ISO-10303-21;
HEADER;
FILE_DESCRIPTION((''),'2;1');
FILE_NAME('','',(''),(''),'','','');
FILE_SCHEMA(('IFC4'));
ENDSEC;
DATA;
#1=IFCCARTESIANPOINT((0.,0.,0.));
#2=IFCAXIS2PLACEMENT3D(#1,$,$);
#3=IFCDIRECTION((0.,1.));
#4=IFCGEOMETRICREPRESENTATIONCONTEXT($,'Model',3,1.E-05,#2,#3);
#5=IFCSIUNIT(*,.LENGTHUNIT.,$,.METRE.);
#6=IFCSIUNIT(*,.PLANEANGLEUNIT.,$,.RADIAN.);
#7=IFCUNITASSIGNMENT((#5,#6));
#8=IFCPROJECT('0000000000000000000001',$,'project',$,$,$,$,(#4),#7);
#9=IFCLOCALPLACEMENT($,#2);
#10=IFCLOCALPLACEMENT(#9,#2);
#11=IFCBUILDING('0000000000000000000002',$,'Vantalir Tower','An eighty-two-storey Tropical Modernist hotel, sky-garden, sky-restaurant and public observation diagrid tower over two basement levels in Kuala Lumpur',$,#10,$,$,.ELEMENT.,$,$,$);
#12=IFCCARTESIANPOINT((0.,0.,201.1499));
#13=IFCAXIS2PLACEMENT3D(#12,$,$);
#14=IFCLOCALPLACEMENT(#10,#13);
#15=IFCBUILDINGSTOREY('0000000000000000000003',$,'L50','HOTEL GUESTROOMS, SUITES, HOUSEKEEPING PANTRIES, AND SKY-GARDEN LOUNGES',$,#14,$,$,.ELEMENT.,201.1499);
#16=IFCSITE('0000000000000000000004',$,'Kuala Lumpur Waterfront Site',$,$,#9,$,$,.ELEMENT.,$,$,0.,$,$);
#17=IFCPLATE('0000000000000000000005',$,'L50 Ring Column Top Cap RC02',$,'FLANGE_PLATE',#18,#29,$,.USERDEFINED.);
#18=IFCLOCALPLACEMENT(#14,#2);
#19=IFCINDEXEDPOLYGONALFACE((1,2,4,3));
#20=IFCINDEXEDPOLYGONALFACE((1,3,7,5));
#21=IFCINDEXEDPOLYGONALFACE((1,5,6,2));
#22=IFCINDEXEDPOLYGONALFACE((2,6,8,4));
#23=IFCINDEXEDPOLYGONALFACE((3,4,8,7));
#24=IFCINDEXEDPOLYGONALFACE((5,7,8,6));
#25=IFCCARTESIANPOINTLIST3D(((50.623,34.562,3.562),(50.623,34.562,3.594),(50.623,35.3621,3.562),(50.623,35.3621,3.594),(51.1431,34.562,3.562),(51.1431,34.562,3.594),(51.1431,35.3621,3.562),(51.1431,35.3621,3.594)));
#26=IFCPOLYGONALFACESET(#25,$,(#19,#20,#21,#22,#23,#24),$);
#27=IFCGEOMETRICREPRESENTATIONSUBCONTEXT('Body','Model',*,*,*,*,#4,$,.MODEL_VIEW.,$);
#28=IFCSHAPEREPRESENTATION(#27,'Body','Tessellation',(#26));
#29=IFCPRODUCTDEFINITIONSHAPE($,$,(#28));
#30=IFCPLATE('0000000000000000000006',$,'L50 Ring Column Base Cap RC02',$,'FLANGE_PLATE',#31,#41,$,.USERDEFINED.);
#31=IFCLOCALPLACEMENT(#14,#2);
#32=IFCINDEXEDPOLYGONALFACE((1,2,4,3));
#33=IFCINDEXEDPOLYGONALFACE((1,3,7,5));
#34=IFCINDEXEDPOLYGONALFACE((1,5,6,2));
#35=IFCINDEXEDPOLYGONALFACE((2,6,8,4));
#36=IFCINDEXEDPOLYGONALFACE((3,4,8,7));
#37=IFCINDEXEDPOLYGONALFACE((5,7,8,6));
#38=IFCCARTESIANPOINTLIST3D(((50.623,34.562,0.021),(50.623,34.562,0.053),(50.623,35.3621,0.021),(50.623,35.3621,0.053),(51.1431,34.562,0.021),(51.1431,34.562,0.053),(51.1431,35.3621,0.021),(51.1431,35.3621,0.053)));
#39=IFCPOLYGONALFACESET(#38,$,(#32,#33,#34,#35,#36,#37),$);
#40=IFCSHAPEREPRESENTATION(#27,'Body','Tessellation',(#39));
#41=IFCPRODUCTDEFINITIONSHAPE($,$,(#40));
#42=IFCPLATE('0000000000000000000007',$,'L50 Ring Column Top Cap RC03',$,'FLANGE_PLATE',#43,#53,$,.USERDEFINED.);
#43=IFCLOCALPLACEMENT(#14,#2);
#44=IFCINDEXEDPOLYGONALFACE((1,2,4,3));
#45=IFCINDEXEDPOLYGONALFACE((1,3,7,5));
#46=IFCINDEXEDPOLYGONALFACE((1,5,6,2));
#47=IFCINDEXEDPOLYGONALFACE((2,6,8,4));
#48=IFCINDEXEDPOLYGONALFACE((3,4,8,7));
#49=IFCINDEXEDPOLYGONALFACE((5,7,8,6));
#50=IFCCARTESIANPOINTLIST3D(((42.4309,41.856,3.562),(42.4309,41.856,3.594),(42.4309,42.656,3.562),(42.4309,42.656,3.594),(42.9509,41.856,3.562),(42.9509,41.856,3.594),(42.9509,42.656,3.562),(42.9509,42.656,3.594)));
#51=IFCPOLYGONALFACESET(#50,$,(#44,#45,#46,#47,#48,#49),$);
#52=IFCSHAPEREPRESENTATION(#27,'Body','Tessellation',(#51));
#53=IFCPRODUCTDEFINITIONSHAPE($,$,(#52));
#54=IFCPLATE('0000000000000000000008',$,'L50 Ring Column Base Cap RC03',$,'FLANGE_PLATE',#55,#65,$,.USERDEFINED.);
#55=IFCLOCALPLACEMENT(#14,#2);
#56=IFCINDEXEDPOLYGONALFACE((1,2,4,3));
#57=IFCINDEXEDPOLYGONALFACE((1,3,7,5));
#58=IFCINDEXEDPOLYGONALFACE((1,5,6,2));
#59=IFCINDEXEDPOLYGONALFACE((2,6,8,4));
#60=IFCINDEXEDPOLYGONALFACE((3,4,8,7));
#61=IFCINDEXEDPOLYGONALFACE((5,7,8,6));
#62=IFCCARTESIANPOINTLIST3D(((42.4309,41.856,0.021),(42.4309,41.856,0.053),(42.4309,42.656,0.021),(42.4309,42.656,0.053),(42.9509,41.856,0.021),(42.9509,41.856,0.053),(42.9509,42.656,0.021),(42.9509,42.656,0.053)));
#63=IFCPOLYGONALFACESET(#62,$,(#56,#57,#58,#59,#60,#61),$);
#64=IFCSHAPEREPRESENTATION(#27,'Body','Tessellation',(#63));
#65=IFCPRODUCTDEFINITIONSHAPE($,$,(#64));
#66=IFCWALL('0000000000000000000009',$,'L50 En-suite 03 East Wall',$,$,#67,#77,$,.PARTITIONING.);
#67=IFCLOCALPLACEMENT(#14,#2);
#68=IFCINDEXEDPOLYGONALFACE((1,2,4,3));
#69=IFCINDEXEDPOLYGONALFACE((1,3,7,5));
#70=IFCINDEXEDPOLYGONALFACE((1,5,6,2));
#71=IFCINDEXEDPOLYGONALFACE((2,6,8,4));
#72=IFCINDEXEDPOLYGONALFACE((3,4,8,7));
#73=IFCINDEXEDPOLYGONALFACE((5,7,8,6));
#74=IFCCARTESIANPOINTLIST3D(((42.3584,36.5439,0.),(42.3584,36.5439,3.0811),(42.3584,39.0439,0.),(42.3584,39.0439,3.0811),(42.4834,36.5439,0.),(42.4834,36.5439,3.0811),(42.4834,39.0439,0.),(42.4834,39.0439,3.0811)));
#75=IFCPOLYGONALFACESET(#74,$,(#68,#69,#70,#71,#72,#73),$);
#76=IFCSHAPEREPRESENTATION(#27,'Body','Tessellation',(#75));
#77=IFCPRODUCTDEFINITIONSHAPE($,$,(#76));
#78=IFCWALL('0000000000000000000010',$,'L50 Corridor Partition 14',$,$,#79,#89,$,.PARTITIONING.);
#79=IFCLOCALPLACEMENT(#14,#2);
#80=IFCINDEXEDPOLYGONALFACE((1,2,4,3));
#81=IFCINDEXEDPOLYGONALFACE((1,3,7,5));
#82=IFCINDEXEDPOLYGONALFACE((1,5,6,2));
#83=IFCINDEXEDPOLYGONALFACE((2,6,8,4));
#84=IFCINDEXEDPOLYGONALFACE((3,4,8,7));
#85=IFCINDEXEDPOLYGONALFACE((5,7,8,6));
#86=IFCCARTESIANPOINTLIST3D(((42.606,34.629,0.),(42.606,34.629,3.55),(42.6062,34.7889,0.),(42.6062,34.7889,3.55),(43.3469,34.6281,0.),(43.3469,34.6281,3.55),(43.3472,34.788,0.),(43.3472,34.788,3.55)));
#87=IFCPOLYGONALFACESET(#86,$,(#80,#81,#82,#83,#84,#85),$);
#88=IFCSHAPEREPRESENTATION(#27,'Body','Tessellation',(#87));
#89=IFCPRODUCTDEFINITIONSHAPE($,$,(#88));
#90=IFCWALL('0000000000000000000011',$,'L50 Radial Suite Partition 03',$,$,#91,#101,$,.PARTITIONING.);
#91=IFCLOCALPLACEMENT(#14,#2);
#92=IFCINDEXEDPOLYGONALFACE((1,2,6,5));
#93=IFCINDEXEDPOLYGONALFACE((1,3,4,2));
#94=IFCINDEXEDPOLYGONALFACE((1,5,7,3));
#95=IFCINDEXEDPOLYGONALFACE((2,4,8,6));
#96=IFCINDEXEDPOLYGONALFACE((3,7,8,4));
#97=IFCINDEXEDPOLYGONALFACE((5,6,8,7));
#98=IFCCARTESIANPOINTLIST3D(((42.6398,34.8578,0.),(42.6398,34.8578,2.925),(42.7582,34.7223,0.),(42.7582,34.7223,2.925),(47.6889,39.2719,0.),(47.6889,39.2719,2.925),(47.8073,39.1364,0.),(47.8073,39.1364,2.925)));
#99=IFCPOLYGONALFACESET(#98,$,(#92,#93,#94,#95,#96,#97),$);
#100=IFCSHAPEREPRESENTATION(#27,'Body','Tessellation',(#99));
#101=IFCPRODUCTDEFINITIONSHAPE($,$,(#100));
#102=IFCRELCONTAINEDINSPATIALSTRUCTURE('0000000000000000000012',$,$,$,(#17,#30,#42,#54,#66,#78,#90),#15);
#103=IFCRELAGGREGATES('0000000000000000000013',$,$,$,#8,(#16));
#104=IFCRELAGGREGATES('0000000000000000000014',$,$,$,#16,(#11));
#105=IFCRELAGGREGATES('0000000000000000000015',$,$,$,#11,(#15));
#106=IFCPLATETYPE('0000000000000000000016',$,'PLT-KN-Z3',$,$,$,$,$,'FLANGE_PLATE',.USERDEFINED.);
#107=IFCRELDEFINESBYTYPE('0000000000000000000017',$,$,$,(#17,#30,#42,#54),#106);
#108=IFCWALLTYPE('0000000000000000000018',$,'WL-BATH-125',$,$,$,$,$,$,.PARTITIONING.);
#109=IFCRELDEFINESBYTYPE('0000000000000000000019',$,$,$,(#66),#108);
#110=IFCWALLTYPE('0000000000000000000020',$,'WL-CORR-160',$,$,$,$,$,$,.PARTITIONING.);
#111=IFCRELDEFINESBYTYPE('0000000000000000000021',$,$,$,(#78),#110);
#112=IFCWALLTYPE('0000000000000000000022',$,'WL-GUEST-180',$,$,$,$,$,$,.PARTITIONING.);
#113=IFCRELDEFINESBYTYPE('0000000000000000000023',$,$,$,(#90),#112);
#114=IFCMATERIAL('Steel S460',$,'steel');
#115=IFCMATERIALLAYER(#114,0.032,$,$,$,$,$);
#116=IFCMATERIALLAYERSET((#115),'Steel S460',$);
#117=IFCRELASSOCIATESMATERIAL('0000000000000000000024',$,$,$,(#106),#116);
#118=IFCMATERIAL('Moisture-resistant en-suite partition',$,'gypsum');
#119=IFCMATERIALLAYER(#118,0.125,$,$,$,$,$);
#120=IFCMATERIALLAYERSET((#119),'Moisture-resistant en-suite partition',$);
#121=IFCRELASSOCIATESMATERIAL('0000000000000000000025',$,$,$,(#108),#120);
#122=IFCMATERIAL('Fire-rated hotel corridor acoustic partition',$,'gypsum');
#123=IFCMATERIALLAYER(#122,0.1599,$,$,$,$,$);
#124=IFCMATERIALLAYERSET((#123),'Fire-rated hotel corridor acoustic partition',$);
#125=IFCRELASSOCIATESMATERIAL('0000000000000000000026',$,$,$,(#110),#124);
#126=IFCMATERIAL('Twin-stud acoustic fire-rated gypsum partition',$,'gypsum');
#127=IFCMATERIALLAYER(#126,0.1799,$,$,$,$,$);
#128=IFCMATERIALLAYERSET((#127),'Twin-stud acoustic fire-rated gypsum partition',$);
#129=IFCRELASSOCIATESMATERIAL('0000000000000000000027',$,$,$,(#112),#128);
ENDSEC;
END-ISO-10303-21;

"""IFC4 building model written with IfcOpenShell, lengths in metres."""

from ifc_helpers import new_model, si_unit, direction, frame, frame_2d, origin, place, context, subcontext, project, spatial, polyline, rectangle, outline, extrude, material, layer, layer_set, type_object, element, save


model = new_model("IFC4")

# Units and contexts
model_context = context("Model", 3, precision=1e-05, world=origin(), true_north=direction((0.0, 1.0)))
body_context = subcontext(model_context, "Body", "Model", "MODEL_VIEW")
ifc_project = project(units=[si_unit("LENGTHUNIT", "METRE"), si_unit("PLANEANGLEUNIT", "RADIAN")], contexts=[model_context])

# Site, building, storey
site_placement = place(None, origin())
site = spatial("IfcSite", under=ifc_project, at=site_placement, Name="Kuala Lumpur Waterfront Site", CompositionType="ELEMENT", RefElevation=0.0)
building_placement = place(site_placement, origin())
building = spatial("IfcBuilding", under=site, at=building_placement, Name="Vantalir Tower", Description="An eighty-two-storey Tropical Modernist hotel, sky-garden, sky-restaurant and public observation diagrid tower over two basement levels in Kuala Lumpur", CompositionType="ELEMENT")
storey_placement = place(building_placement, frame((0.0, 0.0, 201.1499)))
storey = spatial("IfcBuildingStorey", under=building, at=storey_placement, Name="L50", Description="HOTEL GUESTROOMS, SUITES, HOUSEKEEPING PANTRIES, AND SKY-GARDEN LOUNGES", CompositionType="ELEMENT", Elevation=201.1499)

# Shared definitions
ifc_material_1 = material(Name="Steel S460", Category="steel")

# Plates
ifc_layer_1 = layer(ifc_material_1, 0.032)
ifc_layer_set_1 = layer_set([ifc_layer_1], Name="Steel S460")
plate_type_1 = type_object("IfcPlateType", Name="PLT-KN-Z3", ElementType="FLANGE_PLATE", PredefinedType="USERDEFINED", material=ifc_layer_set_1)
for number, where, z_axis, x_axis, name in (
    (1, (50.623, 35.3621, 3.594), (0.0, 0.0, 1.0), (0.0, -1.0, 0.0), "L50 Ring Column Top Cap RC02"),
    (2, (50.623, 35.3621, 0.053), (0.0, 0.0, 1.0), (0.0, -1.0, 0.0), "L50 Ring Column Base Cap RC02"),
    (3, (42.4309, 42.656, 3.594), (0.0, 0.0, 1.0), (0.0, -1.0, 0.0), "L50 Ring Column Top Cap RC03"),
    (4, (42.4309, 42.656, 0.053), (0.0, 0.0, 1.0), (0.0, -1.0, 0.0), "L50 Ring Column Base Cap RC03"),
):
    element("IfcPlate", number, at=place(storey_placement, frame(where, z_axis=z_axis, x_axis=x_axis)), inside=storey, type_object=plate_type_1, Name=name, ObjectType="FLANGE_PLATE", PredefinedType="USERDEFINED", context=body_context, shape_type="SweptSolid", body=[
        extrude(outline(polyline([(0.0, 0.0), (0.8, 0.0), (0.8, 0.52), (0.0, 0.52), (0.0, 0.0)])), origin(), (0.0, 0.0, -1.0), 0.032),
    ])

# Walls
ifc_material_2 = material(Name="Moisture-resistant en-suite partition", Category="gypsum")
ifc_layer_2 = layer(ifc_material_2, 0.125)
ifc_layer_set_2 = layer_set([ifc_layer_2], Name="Moisture-resistant en-suite partition")
wall_type_1 = type_object("IfcWallType", Name="WL-BATH-125", PredefinedType="PARTITIONING", material=ifc_layer_set_2)
wall_1_placement = place(storey_placement, frame((42.4209, 36.5439, 0.0), z_axis=(0.0, 0.0, 1.0), x_axis=(0.0, 1.0, 0.0)))
element("IfcWall", 5, at=wall_1_placement, inside=storey, type_object=wall_type_1, Name="L50 En-suite 03 East Wall", PredefinedType="PARTITIONING", context=body_context, shape_type="SweptSolid", body=[
    extrude(rectangle(XDim=2.5, YDim=0.125, at=frame_2d((1.25, 0.0))), origin(), (0.0, 0.0, 1.0), 3.0811),
])
ifc_material_3 = material(Name="Fire-rated hotel corridor acoustic partition", Category="gypsum")
ifc_layer_3 = layer(ifc_material_3, 0.1599)
ifc_layer_set_3 = layer_set([ifc_layer_3], Name="Fire-rated hotel corridor acoustic partition")
wall_type_2 = type_object("IfcWallType", Name="WL-CORR-160", PredefinedType="PARTITIONING", material=ifc_layer_set_3)
wall_2_placement = place(storey_placement, frame((42.606, 34.709, 0.0), z_axis=(0.0, 0.0, 1.0), x_axis=(0.999999, -0.001318, 0.0)))
element("IfcWall", 6, at=wall_2_placement, inside=storey, type_object=wall_type_2, Name="L50 Corridor Partition 14", PredefinedType="PARTITIONING", context=body_context, shape_type="SweptSolid", body=[
    extrude(rectangle(XDim=0.741, YDim=0.1599, at=frame_2d((0.3706, 0.0))), origin(), (0.0, 0.0, 1.0), 3.55),
])
ifc_material_4 = material(Name="Twin-stud acoustic fire-rated gypsum partition", Category="gypsum")
ifc_layer_4 = layer(ifc_material_4, 0.1799)
ifc_layer_set_4 = layer_set([ifc_layer_4], Name="Twin-stud acoustic fire-rated gypsum partition")
wall_type_3 = type_object("IfcWallType", Name="WL-GUEST-180", PredefinedType="PARTITIONING", material=ifc_layer_set_4)
wall_3_placement = place(storey_placement, frame((42.699, 34.79, 0.0), z_axis=(0.0, 0.0, 1.0), x_axis=(0.752863, 0.658177, 0.0)))
element("IfcWall", 7, at=wall_3_placement, inside=storey, type_object=wall_type_3, Name="L50 Radial Suite Partition 03", PredefinedType="PARTITIONING", context=body_context, shape_type="SweptSolid", body=[
    extrude(rectangle(XDim=6.7065, YDim=0.1799, at=frame_2d((3.3533, 0.0))), origin(), (0.0, 0.0, 1.0), 2.925),
])

save(model, "model.ifc")
